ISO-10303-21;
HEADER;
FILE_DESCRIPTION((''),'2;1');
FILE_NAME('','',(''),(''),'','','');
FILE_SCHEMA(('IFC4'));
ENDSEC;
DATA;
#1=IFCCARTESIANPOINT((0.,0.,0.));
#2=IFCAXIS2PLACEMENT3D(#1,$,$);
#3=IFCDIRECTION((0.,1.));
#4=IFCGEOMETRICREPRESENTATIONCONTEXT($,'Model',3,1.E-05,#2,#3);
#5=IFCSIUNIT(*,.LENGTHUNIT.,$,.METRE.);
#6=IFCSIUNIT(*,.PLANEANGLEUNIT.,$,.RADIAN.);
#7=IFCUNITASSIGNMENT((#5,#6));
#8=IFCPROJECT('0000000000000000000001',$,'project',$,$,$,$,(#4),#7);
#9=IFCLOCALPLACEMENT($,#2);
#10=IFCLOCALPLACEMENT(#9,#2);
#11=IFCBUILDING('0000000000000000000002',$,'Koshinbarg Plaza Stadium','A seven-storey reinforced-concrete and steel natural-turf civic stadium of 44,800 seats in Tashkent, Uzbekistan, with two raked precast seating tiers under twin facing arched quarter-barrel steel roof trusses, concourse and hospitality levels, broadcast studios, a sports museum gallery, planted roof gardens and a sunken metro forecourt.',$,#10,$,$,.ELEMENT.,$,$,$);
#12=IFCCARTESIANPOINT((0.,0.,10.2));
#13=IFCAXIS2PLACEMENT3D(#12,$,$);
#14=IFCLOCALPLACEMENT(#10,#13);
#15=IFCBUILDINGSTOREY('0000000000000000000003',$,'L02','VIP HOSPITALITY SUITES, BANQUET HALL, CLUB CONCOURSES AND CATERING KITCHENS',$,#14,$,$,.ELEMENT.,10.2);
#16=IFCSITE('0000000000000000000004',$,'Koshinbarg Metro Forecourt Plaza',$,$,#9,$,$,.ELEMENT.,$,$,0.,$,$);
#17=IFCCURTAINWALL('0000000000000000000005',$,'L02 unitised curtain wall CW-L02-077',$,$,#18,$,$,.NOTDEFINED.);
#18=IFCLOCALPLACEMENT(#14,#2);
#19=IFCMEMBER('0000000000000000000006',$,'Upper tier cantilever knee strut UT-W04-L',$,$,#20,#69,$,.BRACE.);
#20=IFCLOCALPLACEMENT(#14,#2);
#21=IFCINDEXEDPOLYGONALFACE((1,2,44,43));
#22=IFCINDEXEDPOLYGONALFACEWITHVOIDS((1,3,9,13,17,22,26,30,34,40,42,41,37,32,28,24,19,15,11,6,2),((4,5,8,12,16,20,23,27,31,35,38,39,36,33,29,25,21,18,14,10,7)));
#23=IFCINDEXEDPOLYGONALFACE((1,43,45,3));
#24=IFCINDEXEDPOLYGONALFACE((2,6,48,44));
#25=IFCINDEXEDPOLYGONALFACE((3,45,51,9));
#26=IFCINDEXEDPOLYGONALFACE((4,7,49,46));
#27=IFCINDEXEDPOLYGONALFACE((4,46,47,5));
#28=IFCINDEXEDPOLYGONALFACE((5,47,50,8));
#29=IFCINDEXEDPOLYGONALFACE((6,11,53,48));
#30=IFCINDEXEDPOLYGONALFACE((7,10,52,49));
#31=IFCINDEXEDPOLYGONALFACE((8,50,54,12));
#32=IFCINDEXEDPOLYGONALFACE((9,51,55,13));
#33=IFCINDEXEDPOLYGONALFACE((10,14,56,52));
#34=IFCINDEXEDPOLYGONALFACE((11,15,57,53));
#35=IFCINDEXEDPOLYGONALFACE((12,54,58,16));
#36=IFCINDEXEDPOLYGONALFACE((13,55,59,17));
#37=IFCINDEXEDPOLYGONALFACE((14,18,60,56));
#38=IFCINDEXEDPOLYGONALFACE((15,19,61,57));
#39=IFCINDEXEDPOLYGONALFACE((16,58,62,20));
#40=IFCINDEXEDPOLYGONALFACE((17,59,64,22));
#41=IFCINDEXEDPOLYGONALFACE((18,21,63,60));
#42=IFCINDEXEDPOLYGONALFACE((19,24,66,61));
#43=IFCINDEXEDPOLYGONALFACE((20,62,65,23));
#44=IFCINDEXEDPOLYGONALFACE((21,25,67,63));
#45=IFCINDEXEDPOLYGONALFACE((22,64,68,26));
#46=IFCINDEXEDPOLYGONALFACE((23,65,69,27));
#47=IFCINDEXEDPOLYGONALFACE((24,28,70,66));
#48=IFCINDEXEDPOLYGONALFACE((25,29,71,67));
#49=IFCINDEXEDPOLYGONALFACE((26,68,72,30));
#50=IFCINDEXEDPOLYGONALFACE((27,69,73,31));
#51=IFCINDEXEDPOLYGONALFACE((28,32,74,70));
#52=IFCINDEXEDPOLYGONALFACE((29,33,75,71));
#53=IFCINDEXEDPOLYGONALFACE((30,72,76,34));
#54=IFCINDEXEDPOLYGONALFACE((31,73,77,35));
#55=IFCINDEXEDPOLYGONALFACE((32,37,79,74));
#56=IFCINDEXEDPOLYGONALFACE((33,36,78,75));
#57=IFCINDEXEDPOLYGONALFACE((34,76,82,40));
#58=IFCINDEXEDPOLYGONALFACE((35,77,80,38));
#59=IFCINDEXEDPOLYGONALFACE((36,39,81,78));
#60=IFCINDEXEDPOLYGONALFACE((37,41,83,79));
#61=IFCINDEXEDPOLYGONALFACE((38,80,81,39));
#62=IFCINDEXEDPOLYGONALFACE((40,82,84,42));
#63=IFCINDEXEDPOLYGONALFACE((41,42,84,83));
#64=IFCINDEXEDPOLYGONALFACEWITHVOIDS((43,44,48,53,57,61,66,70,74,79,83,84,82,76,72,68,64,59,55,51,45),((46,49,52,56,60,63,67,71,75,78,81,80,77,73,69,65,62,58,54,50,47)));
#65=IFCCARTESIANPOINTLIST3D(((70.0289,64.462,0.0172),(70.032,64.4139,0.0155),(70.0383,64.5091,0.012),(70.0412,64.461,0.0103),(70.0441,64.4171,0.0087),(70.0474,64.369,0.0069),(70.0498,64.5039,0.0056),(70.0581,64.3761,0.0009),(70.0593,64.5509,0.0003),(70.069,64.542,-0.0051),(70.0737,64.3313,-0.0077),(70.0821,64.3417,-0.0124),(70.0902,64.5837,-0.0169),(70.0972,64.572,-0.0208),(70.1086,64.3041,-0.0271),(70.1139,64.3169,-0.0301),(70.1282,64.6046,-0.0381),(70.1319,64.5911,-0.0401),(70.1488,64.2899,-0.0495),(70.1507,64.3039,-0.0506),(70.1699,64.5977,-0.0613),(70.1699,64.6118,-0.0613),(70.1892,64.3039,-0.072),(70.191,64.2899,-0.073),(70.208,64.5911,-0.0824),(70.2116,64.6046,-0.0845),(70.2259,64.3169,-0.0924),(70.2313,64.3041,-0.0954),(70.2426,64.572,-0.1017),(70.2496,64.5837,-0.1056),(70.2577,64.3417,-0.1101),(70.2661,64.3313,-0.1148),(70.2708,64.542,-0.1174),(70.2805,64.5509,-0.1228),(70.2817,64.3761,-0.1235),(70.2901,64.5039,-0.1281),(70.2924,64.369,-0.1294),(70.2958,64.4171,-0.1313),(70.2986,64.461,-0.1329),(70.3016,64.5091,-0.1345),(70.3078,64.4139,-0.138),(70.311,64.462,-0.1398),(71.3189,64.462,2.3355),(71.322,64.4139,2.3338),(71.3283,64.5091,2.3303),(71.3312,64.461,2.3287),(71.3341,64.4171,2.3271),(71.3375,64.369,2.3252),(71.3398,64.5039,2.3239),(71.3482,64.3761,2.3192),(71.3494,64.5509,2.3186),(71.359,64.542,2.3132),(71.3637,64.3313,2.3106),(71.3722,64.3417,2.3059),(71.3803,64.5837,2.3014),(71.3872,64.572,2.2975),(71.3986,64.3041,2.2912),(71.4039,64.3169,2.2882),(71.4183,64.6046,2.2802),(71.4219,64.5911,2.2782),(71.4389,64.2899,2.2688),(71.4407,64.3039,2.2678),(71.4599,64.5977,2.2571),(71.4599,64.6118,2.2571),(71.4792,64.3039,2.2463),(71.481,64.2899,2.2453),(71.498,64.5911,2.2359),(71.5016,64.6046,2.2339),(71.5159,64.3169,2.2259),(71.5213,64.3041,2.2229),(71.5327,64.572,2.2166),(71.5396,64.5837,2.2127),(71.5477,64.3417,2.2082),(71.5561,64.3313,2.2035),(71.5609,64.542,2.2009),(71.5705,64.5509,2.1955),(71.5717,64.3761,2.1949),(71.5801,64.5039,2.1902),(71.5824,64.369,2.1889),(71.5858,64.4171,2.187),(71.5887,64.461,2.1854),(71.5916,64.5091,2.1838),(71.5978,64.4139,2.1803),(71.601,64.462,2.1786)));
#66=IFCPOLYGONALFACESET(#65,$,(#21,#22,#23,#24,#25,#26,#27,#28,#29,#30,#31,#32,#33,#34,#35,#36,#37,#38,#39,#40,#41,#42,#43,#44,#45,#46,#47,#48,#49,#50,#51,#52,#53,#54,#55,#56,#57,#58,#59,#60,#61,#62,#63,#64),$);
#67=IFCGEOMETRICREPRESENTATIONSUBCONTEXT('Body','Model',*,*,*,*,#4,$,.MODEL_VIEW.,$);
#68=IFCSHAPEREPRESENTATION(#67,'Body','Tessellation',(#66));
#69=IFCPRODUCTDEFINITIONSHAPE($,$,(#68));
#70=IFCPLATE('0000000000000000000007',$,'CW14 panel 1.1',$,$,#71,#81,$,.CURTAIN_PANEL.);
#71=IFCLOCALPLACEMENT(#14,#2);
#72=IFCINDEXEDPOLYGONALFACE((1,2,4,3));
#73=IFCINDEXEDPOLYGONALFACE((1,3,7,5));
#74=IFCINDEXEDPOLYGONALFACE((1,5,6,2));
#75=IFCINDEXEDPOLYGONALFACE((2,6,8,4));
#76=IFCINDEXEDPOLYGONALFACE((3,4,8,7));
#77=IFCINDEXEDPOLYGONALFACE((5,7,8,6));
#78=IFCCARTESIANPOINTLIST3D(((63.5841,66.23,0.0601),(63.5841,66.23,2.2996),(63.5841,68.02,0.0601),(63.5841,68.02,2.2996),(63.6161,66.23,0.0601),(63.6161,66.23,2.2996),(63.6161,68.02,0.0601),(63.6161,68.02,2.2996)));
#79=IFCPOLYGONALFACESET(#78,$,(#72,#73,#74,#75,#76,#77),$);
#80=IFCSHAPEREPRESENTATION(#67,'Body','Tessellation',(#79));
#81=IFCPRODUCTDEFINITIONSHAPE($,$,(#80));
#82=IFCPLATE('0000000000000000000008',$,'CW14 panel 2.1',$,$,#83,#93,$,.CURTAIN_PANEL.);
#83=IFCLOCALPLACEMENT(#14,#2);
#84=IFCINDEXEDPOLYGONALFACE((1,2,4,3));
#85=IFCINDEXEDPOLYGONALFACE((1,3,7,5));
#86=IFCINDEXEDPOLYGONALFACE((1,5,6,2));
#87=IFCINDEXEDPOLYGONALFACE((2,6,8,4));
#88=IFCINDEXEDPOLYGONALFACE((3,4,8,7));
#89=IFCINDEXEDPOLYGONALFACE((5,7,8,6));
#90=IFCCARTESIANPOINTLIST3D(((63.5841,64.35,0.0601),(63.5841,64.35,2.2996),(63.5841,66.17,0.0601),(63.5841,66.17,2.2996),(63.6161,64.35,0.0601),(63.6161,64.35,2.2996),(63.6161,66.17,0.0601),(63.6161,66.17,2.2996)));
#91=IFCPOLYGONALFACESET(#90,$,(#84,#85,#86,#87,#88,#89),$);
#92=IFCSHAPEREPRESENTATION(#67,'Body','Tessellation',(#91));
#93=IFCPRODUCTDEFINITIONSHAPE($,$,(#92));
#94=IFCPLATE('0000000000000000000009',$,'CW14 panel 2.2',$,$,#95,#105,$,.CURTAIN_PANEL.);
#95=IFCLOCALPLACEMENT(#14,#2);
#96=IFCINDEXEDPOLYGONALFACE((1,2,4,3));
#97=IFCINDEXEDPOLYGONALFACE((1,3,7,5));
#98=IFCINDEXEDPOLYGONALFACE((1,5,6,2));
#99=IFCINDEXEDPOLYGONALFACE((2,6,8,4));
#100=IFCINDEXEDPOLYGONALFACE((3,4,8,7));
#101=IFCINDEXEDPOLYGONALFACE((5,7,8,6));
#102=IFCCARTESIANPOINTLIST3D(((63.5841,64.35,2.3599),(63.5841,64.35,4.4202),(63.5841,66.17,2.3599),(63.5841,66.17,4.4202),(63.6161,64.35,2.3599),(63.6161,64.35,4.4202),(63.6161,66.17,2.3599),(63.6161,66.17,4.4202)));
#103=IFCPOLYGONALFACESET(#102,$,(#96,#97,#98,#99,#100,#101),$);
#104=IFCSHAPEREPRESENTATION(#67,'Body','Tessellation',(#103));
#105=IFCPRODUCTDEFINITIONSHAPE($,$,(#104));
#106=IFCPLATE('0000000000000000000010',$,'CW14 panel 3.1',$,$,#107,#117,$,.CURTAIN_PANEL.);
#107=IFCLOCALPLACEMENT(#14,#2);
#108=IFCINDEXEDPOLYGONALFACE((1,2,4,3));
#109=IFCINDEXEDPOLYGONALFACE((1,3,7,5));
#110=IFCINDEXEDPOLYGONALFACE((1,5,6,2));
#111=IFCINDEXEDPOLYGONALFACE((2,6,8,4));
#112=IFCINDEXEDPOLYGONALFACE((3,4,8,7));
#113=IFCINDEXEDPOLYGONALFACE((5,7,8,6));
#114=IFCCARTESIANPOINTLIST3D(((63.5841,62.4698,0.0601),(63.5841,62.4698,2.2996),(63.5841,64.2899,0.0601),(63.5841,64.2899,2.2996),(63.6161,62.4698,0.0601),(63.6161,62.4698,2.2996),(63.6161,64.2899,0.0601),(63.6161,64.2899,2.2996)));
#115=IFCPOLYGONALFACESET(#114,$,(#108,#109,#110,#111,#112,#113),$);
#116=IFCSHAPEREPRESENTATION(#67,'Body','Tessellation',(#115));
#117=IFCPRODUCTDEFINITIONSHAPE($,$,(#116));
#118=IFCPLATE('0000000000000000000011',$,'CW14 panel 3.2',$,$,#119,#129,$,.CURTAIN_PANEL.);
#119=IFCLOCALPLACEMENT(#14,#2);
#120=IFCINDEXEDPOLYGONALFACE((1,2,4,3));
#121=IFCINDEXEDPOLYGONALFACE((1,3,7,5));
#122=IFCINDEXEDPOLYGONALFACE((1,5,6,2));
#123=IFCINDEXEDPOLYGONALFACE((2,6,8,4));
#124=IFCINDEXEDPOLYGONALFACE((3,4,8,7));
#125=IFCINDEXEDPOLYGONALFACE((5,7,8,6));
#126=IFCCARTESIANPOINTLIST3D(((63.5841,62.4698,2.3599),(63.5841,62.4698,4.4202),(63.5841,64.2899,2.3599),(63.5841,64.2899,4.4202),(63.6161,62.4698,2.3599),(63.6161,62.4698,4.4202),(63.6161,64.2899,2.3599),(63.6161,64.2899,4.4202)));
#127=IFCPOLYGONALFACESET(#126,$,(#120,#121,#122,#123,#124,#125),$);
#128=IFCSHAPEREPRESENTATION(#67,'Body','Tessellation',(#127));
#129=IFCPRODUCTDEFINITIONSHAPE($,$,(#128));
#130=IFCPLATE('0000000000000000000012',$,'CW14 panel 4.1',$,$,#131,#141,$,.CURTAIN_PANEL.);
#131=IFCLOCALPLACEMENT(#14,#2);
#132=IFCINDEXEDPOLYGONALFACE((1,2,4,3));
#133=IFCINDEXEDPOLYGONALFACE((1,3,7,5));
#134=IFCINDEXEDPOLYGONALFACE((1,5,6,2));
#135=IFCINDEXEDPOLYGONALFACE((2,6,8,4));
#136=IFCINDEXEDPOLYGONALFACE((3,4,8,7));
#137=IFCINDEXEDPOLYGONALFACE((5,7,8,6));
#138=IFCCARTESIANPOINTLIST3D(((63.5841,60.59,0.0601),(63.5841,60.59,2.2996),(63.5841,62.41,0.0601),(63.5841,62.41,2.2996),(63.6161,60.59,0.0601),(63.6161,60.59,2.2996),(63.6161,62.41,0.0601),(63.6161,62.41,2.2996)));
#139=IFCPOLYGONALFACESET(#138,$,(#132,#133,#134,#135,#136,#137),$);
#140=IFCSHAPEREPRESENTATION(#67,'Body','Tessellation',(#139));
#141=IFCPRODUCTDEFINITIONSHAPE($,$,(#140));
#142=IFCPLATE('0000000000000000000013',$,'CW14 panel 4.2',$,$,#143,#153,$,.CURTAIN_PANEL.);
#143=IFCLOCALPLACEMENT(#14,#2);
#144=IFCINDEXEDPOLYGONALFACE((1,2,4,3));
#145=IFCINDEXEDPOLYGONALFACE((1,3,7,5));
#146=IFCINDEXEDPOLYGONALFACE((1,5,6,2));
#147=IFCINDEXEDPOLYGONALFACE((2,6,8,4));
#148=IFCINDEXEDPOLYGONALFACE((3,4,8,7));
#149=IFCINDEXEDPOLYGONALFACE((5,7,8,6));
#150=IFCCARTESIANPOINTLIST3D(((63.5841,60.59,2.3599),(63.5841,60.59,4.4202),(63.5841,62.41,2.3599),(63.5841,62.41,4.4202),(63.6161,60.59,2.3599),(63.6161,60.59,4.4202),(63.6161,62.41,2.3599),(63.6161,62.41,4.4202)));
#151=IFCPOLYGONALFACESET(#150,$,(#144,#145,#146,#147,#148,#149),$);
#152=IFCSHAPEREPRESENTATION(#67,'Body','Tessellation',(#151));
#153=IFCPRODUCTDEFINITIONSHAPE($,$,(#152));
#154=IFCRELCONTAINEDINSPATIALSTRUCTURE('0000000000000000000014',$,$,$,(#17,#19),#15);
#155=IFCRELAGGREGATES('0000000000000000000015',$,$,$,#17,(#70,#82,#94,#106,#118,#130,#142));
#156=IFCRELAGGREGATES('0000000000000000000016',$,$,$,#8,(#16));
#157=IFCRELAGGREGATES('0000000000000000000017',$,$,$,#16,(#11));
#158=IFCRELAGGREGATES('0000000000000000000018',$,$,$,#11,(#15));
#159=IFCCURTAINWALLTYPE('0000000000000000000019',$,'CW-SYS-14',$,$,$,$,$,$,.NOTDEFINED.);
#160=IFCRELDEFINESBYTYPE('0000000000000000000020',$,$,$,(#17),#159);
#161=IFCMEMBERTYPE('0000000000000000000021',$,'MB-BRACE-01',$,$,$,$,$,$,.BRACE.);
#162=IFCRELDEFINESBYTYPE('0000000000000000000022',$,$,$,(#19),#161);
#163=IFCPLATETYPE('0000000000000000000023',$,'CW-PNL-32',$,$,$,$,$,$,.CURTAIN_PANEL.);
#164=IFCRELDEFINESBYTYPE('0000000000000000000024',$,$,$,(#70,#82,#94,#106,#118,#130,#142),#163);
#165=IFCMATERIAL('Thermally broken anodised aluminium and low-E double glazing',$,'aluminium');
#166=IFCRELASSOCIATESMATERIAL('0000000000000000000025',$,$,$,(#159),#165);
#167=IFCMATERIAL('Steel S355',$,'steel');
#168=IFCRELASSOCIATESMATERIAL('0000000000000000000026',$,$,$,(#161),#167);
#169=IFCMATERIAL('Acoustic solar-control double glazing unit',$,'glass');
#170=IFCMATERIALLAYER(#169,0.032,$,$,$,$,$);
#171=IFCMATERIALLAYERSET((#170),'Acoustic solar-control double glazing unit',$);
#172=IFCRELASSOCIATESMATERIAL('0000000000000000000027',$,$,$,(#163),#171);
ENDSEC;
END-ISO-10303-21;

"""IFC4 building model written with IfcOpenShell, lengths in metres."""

from ifc_helpers import new_model, si_unit, direction, frame, origin, origin_2d, place, context, subcontext, project, spatial, rectangle, hollow_circle, extrude, material, layer, layer_set, material_profile, profile_set, type_object, element, aggregate, save


model = new_model("IFC4")

# Units and contexts
model_context = context("Model", 3, precision=1e-05, world=origin(), true_north=direction((0.0, 1.0)))
body_context = subcontext(model_context, "Body", "Model", "MODEL_VIEW")
ifc_project = project(units=[si_unit("LENGTHUNIT", "METRE"), si_unit("PLANEANGLEUNIT", "RADIAN")], contexts=[model_context])

# Site, building, storey
site_placement = place(None, origin())
site = spatial("IfcSite", under=ifc_project, at=site_placement, Name="Koshinbarg Metro Forecourt Plaza", CompositionType="ELEMENT", RefElevation=0.0)
building_placement = place(site_placement, origin())
building = spatial("IfcBuilding", under=site, at=building_placement, Name="Koshinbarg Plaza Stadium", Description="A seven-storey reinforced-concrete and steel natural-turf civic stadium of 44,800 seats in Tashkent, Uzbekistan, with two raked precast seating tiers under twin facing arched quarter-barrel steel roof trusses, concourse and hospitality levels, broadcast studios, a sports museum gallery, planted roof gardens and a sunken metro forecourt.", CompositionType="ELEMENT")
storey_placement = place(building_placement, frame((0.0, 0.0, 10.2)))
storey = spatial("IfcBuildingStorey", under=building, at=storey_placement, Name="L02", Description="VIP HOSPITALITY SUITES, BANQUET HALL, CLUB CONCOURSES AND CATERING KITCHENS", CompositionType="ELEMENT", Elevation=10.2)

# Curtain wall
ifc_material_1 = material(Name="Thermally broken anodised aluminium and low-E double glazing", Category="aluminium")
curtain_wall_type = type_object("IfcCurtainWallType", Name="CW-SYS-14", PredefinedType="NOTDEFINED", material=ifc_material_1)
curtain_wall_placement = place(storey_placement, origin())
curtain_wall = element("IfcCurtainWall", 1, at=curtain_wall_placement, inside=storey, type_object=curtain_wall_type, Name="L02 unitised curtain wall CW-L02-077", PredefinedType="NOTDEFINED")

# Member
ifc_material_2 = material(Name="Steel S355", Category="steel")
ifc_material_profile_1 = material_profile(ifc_material_2, hollow_circle(Radius=0.1619, WallThickness=0.0142, at=origin_2d()), Name="CHS 323.9x14.2")
ifc_profile_set_1 = profile_set([ifc_material_profile_1], Name="Steel S355")
member_type_1 = type_object("IfcMemberType", Name="MB-BRACE-01", PredefinedType="BRACE", material=ifc_profile_set_1)
member_1_placement = place(storey_placement, frame((70.1699, 64.45, -0.0613), z_axis=(0.486237, 0.0, 0.873827), x_axis=(0.0, 1.0, 0.0)))
element("IfcMember", 2, at=member_1_placement, inside=storey, type_object=member_type_1, Name="Upper tier cantilever knee strut UT-W04-L", PredefinedType="BRACE", context=body_context, shape_type="SweptSolid", body=[
    extrude(hollow_circle(Radius=0.1619, WallThickness=0.0142, at=origin_2d()), origin(), (0.0, 0.0, 1.0), 2.6531),
])

# Plates
ifc_material_3 = material(Name="Acoustic solar-control double glazing unit", Category="glass")
ifc_layer = layer(ifc_material_3, 0.032)
ifc_layer_set = layer_set([ifc_layer], Name="Acoustic solar-control double glazing unit")
plate_type = type_object("IfcPlateType", Name="CW-PNL-32", PredefinedType="CURTAIN_PANEL", material=ifc_layer_set)
plate_1_placement = place(storey_placement, frame((63.6001, 67.125, 0.0601), z_axis=(0.0, 0.0, 1.0), x_axis=(0.0, -1.0, 0.0)))
plate_1 = element("IfcPlate", 3, at=plate_1_placement, type_object=plate_type, Name="CW14 panel 1.1", PredefinedType="CURTAIN_PANEL", context=body_context, shape_type="SweptSolid", body=[
    extrude(rectangle(XDim=1.79, YDim=0.032, at=origin_2d()), origin(), (0.0, 0.0, 1.0), 2.2395),
])
plate_2_placement = place(storey_placement, frame((63.6001, 65.26, 0.0601), z_axis=(0.0, 0.0, 1.0), x_axis=(0.0, -1.0, 0.0)))
plate_2 = element("IfcPlate", 4, at=plate_2_placement, type_object=plate_type, Name="CW14 panel 2.1", PredefinedType="CURTAIN_PANEL", context=body_context, shape_type="SweptSolid", body=[
    extrude(rectangle(XDim=1.8201, YDim=0.032, at=origin_2d()), origin(), (0.0, 0.0, 1.0), 2.2395),
])
plate_3_placement = place(storey_placement, frame((63.6001, 65.26, 2.3599), z_axis=(0.0, 0.0, 1.0), x_axis=(0.0, -1.0, 0.0)))
plate_3 = element("IfcPlate", 5, at=plate_3_placement, type_object=plate_type, Name="CW14 panel 2.2", PredefinedType="CURTAIN_PANEL", context=body_context, shape_type="SweptSolid", body=[
    extrude(rectangle(XDim=1.8201, YDim=0.032, at=origin_2d()), origin(), (0.0, 0.0, 1.0), 2.0603),
])
plate_4_placement = place(storey_placement, frame((63.6001, 63.3799, 0.0601), z_axis=(0.0, 0.0, 1.0), x_axis=(0.0, -1.0, 0.0)))
plate_4 = element("IfcPlate", 6, at=plate_4_placement, type_object=plate_type, Name="CW14 panel 3.1", PredefinedType="CURTAIN_PANEL", context=body_context, shape_type="SweptSolid", body=[
    extrude(rectangle(XDim=1.8201, YDim=0.032, at=origin_2d()), origin(), (0.0, 0.0, 1.0), 2.2395),
])
plate_5_placement = place(storey_placement, frame((63.6001, 63.3799, 2.3599), z_axis=(0.0, 0.0, 1.0), x_axis=(0.0, -1.0, 0.0)))
plate_5 = element("IfcPlate", 7, at=plate_5_placement, type_object=plate_type, Name="CW14 panel 3.2", PredefinedType="CURTAIN_PANEL", context=body_context, shape_type="SweptSolid", body=[
    extrude(rectangle(XDim=1.8201, YDim=0.032, at=origin_2d()), origin(), (0.0, 0.0, 1.0), 2.0603),
])
plate_6_placement = place(storey_placement, frame((63.6001, 61.5, 0.0601), z_axis=(0.0, 0.0, 1.0), x_axis=(0.0, -1.0, 0.0)))
plate_6 = element("IfcPlate", 8, at=plate_6_placement, type_object=plate_type, Name="CW14 panel 4.1", PredefinedType="CURTAIN_PANEL", context=body_context, shape_type="SweptSolid", body=[
    extrude(rectangle(XDim=1.8201, YDim=0.032, at=origin_2d()), origin(), (0.0, 0.0, 1.0), 2.2395),
])
plate_7_placement = place(storey_placement, frame((63.6001, 61.5, 2.3599), z_axis=(0.0, 0.0, 1.0), x_axis=(0.0, -1.0, 0.0)))
plate_7 = element("IfcPlate", 9, at=plate_7_placement, type_object=plate_type, Name="CW14 panel 4.2", PredefinedType="CURTAIN_PANEL", context=body_context, shape_type="SweptSolid", body=[
    extrude(rectangle(XDim=1.8201, YDim=0.032, at=origin_2d()), origin(), (0.0, 0.0, 1.0), 2.0603),
])
aggregate(curtain_wall, [plate_1, plate_2, plate_3, plate_4, plate_5, plate_6, plate_7])

save(model, "model.ifc")
